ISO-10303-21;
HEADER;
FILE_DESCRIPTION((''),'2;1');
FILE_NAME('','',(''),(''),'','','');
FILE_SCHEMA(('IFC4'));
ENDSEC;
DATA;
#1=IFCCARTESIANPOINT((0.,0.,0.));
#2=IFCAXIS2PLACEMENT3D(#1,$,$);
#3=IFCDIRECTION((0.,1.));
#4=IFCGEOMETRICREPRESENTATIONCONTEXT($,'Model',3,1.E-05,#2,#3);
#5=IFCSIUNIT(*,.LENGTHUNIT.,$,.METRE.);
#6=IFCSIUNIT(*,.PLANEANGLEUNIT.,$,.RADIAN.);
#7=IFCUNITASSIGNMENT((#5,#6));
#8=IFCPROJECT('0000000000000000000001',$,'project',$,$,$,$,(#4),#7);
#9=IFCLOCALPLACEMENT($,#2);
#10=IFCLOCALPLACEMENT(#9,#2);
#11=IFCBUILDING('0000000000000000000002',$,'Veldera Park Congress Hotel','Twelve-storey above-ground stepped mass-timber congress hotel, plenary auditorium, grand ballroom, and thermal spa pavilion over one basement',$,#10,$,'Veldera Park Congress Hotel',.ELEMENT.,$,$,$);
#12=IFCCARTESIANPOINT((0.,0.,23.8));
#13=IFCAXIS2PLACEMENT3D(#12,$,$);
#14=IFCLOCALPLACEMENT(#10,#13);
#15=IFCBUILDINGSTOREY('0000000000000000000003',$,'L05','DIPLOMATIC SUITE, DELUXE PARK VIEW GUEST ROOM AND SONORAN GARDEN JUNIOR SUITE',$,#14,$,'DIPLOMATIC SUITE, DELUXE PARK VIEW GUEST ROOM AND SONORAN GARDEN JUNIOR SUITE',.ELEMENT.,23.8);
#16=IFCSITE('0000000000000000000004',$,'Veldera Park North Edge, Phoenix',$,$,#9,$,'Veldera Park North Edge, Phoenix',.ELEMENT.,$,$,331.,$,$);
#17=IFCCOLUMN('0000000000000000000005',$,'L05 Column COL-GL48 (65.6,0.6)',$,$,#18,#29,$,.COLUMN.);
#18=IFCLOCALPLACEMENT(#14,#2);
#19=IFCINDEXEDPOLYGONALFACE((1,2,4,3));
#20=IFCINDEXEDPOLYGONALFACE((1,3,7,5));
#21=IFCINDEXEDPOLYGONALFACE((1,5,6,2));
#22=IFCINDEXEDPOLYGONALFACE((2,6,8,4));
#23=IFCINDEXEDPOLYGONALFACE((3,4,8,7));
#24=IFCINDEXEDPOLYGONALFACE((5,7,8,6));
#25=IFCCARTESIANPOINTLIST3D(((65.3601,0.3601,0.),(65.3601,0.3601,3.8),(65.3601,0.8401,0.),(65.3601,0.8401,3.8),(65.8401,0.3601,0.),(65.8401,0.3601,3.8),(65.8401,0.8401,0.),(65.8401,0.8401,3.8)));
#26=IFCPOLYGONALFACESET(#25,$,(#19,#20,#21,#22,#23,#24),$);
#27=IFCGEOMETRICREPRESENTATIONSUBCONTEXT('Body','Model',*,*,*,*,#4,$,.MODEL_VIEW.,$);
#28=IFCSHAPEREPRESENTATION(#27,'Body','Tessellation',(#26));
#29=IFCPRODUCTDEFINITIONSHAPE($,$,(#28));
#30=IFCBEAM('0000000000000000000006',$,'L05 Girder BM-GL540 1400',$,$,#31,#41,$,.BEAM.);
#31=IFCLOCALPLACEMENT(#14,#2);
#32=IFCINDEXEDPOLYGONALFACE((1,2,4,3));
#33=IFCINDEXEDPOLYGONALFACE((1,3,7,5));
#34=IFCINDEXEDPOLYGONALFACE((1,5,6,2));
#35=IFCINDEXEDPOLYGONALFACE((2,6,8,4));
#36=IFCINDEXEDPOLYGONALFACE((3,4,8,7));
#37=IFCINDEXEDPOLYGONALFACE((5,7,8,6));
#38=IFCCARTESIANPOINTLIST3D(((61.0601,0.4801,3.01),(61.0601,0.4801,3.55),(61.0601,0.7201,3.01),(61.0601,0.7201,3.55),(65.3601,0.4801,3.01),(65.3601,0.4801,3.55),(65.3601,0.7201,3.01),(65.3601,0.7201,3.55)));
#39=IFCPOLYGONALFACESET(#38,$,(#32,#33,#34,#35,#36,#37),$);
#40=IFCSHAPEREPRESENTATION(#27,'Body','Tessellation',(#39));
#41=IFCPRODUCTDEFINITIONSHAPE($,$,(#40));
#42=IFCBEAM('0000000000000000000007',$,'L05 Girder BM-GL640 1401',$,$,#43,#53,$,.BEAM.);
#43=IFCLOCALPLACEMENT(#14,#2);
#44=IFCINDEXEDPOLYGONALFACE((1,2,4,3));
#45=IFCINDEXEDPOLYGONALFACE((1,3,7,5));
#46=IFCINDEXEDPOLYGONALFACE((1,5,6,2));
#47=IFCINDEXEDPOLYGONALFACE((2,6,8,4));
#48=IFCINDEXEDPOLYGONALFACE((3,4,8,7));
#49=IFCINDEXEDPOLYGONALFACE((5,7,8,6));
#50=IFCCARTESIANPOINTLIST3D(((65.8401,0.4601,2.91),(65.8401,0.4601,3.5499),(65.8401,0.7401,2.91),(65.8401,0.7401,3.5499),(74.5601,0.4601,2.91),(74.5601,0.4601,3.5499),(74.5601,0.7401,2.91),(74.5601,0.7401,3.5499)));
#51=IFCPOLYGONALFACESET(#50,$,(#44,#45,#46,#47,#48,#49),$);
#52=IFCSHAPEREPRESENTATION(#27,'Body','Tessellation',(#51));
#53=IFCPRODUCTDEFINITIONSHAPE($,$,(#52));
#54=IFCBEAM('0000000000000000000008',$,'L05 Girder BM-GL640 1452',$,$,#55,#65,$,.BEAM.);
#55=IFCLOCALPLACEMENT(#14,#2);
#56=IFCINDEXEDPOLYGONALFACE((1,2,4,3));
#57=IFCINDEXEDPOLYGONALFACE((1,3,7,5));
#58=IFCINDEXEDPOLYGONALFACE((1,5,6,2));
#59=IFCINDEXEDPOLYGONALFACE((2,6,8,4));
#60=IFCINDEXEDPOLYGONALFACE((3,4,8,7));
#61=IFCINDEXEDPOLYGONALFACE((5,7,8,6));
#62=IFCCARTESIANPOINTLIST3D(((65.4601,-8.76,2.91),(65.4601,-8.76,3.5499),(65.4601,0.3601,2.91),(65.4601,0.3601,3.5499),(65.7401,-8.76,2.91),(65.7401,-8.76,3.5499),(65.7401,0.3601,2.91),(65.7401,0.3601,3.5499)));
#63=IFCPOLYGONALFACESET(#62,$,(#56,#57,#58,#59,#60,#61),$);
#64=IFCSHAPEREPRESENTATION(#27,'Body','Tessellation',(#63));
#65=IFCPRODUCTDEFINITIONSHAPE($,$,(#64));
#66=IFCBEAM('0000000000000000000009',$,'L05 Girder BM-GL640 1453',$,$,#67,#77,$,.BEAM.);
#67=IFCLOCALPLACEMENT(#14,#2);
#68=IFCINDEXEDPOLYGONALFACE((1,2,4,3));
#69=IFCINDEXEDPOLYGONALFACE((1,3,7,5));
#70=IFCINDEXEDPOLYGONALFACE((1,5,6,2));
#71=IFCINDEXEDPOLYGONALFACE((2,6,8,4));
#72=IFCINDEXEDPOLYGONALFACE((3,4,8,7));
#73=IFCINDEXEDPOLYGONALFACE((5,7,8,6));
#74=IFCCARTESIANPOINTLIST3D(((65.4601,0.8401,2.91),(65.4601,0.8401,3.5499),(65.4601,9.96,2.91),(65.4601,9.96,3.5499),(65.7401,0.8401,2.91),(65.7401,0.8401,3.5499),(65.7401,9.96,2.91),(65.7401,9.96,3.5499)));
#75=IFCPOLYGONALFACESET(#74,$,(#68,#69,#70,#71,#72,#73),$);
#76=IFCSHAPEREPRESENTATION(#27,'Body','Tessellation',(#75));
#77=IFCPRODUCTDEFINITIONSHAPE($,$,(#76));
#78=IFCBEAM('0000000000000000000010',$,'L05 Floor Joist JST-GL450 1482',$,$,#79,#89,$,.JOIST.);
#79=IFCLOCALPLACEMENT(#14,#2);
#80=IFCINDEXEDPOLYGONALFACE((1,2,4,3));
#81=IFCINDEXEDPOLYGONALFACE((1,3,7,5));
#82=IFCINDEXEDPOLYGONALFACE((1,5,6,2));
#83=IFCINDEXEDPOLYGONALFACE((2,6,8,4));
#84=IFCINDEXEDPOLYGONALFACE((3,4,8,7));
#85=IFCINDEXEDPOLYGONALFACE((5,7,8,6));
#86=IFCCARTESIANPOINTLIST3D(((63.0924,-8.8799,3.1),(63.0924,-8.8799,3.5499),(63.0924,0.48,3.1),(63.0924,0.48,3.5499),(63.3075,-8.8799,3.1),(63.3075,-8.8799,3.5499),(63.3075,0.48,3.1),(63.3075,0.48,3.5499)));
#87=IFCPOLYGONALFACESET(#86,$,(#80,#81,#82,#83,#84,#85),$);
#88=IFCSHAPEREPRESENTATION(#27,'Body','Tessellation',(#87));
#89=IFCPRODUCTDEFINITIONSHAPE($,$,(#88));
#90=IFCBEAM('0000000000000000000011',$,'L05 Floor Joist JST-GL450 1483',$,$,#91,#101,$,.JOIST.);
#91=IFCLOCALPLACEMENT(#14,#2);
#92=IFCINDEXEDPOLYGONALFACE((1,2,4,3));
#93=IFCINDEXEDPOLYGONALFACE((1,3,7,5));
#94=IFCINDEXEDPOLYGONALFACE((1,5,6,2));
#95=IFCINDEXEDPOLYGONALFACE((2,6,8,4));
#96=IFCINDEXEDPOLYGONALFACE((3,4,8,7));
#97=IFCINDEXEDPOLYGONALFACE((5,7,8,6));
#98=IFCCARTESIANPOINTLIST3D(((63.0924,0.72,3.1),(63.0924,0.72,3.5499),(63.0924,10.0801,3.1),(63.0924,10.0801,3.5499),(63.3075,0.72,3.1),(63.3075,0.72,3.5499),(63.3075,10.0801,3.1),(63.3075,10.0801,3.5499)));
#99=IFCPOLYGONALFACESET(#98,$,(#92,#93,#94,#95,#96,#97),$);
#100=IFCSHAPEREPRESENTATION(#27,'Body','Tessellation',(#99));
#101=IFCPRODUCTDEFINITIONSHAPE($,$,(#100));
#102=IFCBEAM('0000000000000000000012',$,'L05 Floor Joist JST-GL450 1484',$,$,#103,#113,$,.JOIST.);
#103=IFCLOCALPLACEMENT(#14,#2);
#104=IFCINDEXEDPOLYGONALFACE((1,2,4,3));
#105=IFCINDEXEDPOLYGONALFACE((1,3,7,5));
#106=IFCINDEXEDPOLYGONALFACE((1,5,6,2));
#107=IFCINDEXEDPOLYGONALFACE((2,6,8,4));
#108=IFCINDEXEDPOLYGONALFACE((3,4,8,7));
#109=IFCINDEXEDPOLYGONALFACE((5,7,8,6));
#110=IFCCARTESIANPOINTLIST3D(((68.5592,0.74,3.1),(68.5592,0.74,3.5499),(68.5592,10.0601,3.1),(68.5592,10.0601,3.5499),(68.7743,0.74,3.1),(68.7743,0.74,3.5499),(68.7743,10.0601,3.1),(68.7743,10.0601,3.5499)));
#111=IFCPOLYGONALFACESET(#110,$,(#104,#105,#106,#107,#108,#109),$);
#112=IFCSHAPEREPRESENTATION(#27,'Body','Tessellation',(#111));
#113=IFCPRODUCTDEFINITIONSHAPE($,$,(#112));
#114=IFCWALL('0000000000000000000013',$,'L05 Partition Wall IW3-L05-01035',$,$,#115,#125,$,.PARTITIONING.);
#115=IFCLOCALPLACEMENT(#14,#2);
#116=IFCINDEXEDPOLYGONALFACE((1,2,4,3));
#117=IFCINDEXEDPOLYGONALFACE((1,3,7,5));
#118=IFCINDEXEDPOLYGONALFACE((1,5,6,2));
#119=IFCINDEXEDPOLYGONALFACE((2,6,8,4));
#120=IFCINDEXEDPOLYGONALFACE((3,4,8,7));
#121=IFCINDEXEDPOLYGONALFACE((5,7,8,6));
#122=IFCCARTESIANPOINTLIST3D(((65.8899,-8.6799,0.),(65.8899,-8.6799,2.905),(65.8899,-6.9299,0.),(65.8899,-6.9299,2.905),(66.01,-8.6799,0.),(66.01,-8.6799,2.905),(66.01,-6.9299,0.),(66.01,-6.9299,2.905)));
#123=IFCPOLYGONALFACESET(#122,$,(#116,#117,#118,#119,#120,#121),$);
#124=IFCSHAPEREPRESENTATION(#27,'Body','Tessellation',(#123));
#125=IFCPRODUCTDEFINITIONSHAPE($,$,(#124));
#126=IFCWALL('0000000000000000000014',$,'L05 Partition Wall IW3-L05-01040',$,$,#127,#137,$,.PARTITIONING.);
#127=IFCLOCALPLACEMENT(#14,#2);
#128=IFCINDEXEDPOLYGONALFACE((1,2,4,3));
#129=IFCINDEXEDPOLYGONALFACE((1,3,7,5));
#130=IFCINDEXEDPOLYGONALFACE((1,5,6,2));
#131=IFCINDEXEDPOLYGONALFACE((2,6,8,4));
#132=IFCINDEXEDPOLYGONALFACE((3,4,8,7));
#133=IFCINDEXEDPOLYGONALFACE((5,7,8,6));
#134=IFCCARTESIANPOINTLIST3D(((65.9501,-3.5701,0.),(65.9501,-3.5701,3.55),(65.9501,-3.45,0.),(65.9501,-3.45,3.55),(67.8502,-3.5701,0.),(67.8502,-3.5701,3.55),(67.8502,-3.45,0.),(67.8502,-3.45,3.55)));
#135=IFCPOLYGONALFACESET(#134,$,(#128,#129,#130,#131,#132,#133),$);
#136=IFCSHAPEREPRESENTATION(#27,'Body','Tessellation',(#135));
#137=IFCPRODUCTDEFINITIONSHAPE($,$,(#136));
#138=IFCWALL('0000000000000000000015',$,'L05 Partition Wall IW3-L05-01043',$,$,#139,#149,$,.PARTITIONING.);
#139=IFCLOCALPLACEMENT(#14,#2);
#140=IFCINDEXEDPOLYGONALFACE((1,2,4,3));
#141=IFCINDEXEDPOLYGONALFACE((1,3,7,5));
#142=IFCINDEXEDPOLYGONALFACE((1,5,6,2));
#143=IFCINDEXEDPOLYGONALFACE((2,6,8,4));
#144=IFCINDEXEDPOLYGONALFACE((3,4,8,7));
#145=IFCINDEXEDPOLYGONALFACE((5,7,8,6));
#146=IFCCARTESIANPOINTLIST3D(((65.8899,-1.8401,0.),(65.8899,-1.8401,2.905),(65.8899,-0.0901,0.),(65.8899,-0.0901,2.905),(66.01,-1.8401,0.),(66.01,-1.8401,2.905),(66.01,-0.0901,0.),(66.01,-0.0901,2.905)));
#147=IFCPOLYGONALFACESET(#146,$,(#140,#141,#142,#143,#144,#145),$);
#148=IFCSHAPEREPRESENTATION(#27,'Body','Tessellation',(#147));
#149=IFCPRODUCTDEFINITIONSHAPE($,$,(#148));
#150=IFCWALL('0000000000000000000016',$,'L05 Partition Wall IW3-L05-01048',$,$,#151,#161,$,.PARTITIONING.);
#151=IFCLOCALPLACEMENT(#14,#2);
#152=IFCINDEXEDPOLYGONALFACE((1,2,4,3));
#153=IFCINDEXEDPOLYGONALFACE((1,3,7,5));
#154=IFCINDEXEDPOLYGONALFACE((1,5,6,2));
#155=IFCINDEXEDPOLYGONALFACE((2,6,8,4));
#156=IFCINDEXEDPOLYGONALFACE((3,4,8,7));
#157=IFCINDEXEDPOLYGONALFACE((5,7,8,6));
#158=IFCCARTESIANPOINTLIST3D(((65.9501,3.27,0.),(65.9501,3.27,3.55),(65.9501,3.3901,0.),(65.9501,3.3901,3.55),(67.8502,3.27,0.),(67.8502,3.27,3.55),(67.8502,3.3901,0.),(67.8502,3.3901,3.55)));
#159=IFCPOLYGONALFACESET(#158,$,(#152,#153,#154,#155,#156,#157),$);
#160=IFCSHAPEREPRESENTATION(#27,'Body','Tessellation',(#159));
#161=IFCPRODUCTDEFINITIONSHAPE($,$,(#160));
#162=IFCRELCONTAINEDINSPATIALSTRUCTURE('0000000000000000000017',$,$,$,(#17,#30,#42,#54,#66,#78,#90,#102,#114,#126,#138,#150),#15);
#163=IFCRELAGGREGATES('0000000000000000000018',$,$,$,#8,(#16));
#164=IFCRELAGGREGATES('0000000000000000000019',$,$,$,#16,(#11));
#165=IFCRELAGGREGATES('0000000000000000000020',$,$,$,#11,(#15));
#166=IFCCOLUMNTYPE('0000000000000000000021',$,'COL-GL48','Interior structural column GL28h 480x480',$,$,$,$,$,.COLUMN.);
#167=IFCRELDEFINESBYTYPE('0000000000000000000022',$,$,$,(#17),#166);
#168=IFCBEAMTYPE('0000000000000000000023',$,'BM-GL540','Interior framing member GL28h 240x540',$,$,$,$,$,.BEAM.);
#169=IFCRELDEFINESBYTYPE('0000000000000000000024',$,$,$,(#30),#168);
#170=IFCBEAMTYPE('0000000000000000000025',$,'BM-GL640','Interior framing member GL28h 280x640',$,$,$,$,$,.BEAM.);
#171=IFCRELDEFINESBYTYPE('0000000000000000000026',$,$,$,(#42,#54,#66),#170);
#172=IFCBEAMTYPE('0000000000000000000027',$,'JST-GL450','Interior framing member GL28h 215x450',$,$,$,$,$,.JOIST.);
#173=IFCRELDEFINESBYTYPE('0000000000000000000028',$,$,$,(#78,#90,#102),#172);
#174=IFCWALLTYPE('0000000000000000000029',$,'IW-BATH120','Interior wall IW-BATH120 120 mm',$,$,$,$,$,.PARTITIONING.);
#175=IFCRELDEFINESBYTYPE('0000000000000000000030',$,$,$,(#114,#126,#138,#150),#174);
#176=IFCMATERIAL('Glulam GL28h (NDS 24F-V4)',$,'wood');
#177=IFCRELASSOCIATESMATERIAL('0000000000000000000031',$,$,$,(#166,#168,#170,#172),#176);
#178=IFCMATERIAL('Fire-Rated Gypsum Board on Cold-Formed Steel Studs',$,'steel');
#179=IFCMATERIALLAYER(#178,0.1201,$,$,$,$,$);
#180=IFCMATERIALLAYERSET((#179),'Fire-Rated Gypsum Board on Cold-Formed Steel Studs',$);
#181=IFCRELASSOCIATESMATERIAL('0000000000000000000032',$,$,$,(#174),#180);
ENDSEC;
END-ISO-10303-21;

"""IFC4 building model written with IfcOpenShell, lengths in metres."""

from ifc_helpers import new_model, si_unit, direction, frame, frame_2d, origin, origin_2d, place, context, subcontext, project, spatial, rectangle, extrude, material, layer, layer_set, material_profile, profile_set, type_object, element, save


model = new_model("IFC4")

# Units and contexts
model_context = context("Model", 3, precision=1e-05, world=origin(), true_north=direction((0.0, 1.0)))
body_context = subcontext(model_context, "Body", "Model", "MODEL_VIEW")
ifc_project = project(units=[si_unit("LENGTHUNIT", "METRE"), si_unit("PLANEANGLEUNIT", "RADIAN")], contexts=[model_context])

# Site, building, storey
site_placement = place(None, origin())
site = spatial("IfcSite", under=ifc_project, at=site_placement, Name="Veldera Park North Edge, Phoenix", LongName="Veldera Park North Edge, Phoenix", CompositionType="ELEMENT", RefElevation=331.0)
building_placement = place(site_placement, origin())
building = spatial("IfcBuilding", under=site, at=building_placement, Name="Veldera Park Congress Hotel", Description="Twelve-storey above-ground stepped mass-timber congress hotel, plenary auditorium, grand ballroom, and thermal spa pavilion over one basement", LongName="Veldera Park Congress Hotel", CompositionType="ELEMENT")
storey_placement = place(building_placement, frame((0.0, 0.0, 23.8)))
storey = spatial("IfcBuildingStorey", under=building, at=storey_placement, Name="L05", Description="DIPLOMATIC SUITE, DELUXE PARK VIEW GUEST ROOM AND SONORAN GARDEN JUNIOR SUITE", LongName="DIPLOMATIC SUITE, DELUXE PARK VIEW GUEST ROOM AND SONORAN GARDEN JUNIOR SUITE", CompositionType="ELEMENT", Elevation=23.8)

# Column
ifc_material_1 = material(Name="Glulam GL28h (NDS 24F-V4)", Category="wood")
ifc_material_profile_1 = material_profile(ifc_material_1, rectangle(XDim=0.48, YDim=0.48, at=origin_2d()), Name="GL28h 480x480")
ifc_profile_set_1 = profile_set([ifc_material_profile_1], Name="Glulam GL28h (NDS 24F-V4)")
column_type = type_object("IfcColumnType", Name="COL-GL48", Description="Interior structural column GL28h 480x480", PredefinedType="COLUMN", material=ifc_profile_set_1)
column_placement = place(storey_placement, frame((65.6001, 0.6001, 0.0), z_axis=(0.0, 0.0, 1.0), x_axis=(1.0, 0.0, 0.0)))
element("IfcColumn", 1, at=column_placement, inside=storey, type_object=column_type, Name="L05 Column COL-GL48 (65.6,0.6)", PredefinedType="COLUMN", context=body_context, shape_type="SweptSolid", body=[
    extrude(rectangle(XDim=0.48, YDim=0.48, at=origin_2d()), origin(), (0.0, 0.0, 1.0), 3.8),
])

# Beams
ifc_material_profile_2 = material_profile(ifc_material_1, rectangle(XDim=0.24, YDim=0.54, at=origin_2d()), Name="GL28h 240x540")
ifc_profile_set_2 = profile_set([ifc_material_profile_2], Name="Glulam GL28h (NDS 24F-V4)")
beam_type_1 = type_object("IfcBeamType", Name="BM-GL540", Description="Interior framing member GL28h 240x540", PredefinedType="BEAM", material=ifc_profile_set_2)
beam_1_placement = place(storey_placement, frame((61.0601, 0.6001, 3.28), z_axis=(1.0, 0.0, 0.0), x_axis=(0.0, 1.0, 0.0)))
element("IfcBeam", 2, at=beam_1_placement, inside=storey, type_object=beam_type_1, Name="L05 Girder BM-GL540 1400", PredefinedType="BEAM", context=body_context, shape_type="SweptSolid", body=[
    extrude(rectangle(XDim=0.24, YDim=0.54, at=origin_2d()), origin(), (0.0, 0.0, 1.0), 4.3),
])
ifc_material_profile_3 = material_profile(ifc_material_1, rectangle(XDim=0.28, YDim=0.6399, at=origin_2d()), Name="GL28h 280x640")
ifc_profile_set_3 = profile_set([ifc_material_profile_3], Name="Glulam GL28h (NDS 24F-V4)")
beam_type_2 = type_object("IfcBeamType", Name="BM-GL640", Description="Interior framing member GL28h 280x640", PredefinedType="BEAM", material=ifc_profile_set_3)
beam_2_placement = place(storey_placement, frame((65.8401, 0.6001, 3.23), z_axis=(1.0, 0.0, 0.0), x_axis=(0.0, 1.0, 0.0)))
element("IfcBeam", 3, at=beam_2_placement, inside=storey, type_object=beam_type_2, Name="L05 Girder BM-GL640 1401", PredefinedType="BEAM", context=body_context, shape_type="SweptSolid", body=[
    extrude(rectangle(XDim=0.28, YDim=0.6399, at=origin_2d()), origin(), (0.0, 0.0, 1.0), 8.72),
])
beam_3_placement = place(storey_placement, frame((65.6001, -8.76, 3.23), z_axis=(0.0, 1.0, 0.0), x_axis=(-1.0, 0.0, 0.0)))
element("IfcBeam", 4, at=beam_3_placement, inside=storey, type_object=beam_type_2, Name="L05 Girder BM-GL640 1452", PredefinedType="BEAM", context=body_context, shape_type="SweptSolid", body=[
    extrude(rectangle(XDim=0.28, YDim=0.6399, at=origin_2d()), origin(), (0.0, 0.0, 1.0), 9.1201),
])
beam_4_placement = place(storey_placement, frame((65.6001, 0.8401, 3.23), z_axis=(0.0, 1.0, 0.0), x_axis=(-1.0, 0.0, 0.0)))
element("IfcBeam", 5, at=beam_4_placement, inside=storey, type_object=beam_type_2, Name="L05 Girder BM-GL640 1453", PredefinedType="BEAM", context=body_context, shape_type="SweptSolid", body=[
    extrude(rectangle(XDim=0.28, YDim=0.6399, at=origin_2d()), origin(), (0.0, 0.0, 1.0), 9.1199),
])
ifc_material_profile_4 = material_profile(ifc_material_1, rectangle(XDim=0.2151, YDim=0.45, at=origin_2d()), Name="GL28h 215x450")
ifc_profile_set_4 = profile_set([ifc_material_profile_4], Name="Glulam GL28h (NDS 24F-V4)")
beam_type_3 = type_object("IfcBeamType", Name="JST-GL450", Description="Interior framing member GL28h 215x450", PredefinedType="JOIST", material=ifc_profile_set_4)
beam_5_placement = place(storey_placement, frame((63.2, -8.8799, 3.325), z_axis=(0.0, 1.0, 0.0), x_axis=(-1.0, 0.0, 0.0)))
element("IfcBeam", 6, at=beam_5_placement, inside=storey, type_object=beam_type_3, Name="L05 Floor Joist JST-GL450 1482", PredefinedType="JOIST", context=body_context, shape_type="SweptSolid", body=[
    extrude(rectangle(XDim=0.2151, YDim=0.45, at=origin_2d()), origin(), (0.0, 0.0, 1.0), 9.3599),
])
beam_6_placement = place(storey_placement, frame((63.2, 0.72, 3.325), z_axis=(0.0, 1.0, 0.0), x_axis=(-1.0, 0.0, 0.0)))
element("IfcBeam", 7, at=beam_6_placement, inside=storey, type_object=beam_type_3, Name="L05 Floor Joist JST-GL450 1483", PredefinedType="JOIST", context=body_context, shape_type="SweptSolid", body=[
    extrude(rectangle(XDim=0.2151, YDim=0.45, at=origin_2d()), origin(), (0.0, 0.0, 1.0), 9.3601),
])
beam_7_placement = place(storey_placement, frame((68.6667, 0.74, 3.325), z_axis=(0.0, 1.0, 0.0), x_axis=(-1.0, 0.0, 0.0)))
element("IfcBeam", 8, at=beam_7_placement, inside=storey, type_object=beam_type_3, Name="L05 Floor Joist JST-GL450 1484", PredefinedType="JOIST", context=body_context, shape_type="SweptSolid", body=[
    extrude(rectangle(XDim=0.2151, YDim=0.45, at=origin_2d()), origin(), (0.0, 0.0, 1.0), 9.3201),
])

# Wall
ifc_material_2 = material(Name="Fire-Rated Gypsum Board on Cold-Formed Steel Studs", Category="steel")
ifc_layer_1 = layer(ifc_material_2, 0.1201)
ifc_layer_set_1 = layer_set([ifc_layer_1], Name="Fire-Rated Gypsum Board on Cold-Formed Steel Studs")
wall_type_1 = type_object("IfcWallType", Name="IW-BATH120", Description="Interior wall IW-BATH120 120 mm", PredefinedType="PARTITIONING", material=ifc_layer_set_1)
wall_1_placement = place(storey_placement, frame((65.95, -8.6799, 0.0), z_axis=(0.0, 0.0, 1.0), x_axis=(0.0, 1.0, 0.0)))
element("IfcWall", 9, at=wall_1_placement, inside=storey, type_object=wall_type_1, Name="L05 Partition Wall IW3-L05-01035", PredefinedType="PARTITIONING", context=body_context, shape_type="SweptSolid", body=[
    extrude(rectangle(XDim=1.75, YDim=0.1201, at=frame_2d((0.875, 0.0))), origin(), (0.0, 0.0, 1.0), 2.905),
])

# Walls
wall_2_placement = place(storey_placement, frame((65.95, -3.51, 0.0), z_axis=(0.0, 0.0, 1.0), x_axis=(1.0, 0.0, 0.0)))
element("IfcWall", 10, at=wall_2_placement, inside=storey, type_object=wall_type_1, Name="L05 Partition Wall IW3-L05-01040", PredefinedType="PARTITIONING", context=body_context, shape_type="SweptSolid", body=[
    extrude(rectangle(XDim=1.9001, YDim=0.1201, at=frame_2d((0.9502, 0.0))), origin(), (0.0, 0.0, 1.0), 3.55),
])
wall_3_placement = place(storey_placement, frame((65.95, -1.8401, 0.0), z_axis=(0.0, 0.0, 1.0), x_axis=(0.0, 1.0, 0.0)))
element("IfcWall", 11, at=wall_3_placement, inside=storey, type_object=wall_type_1, Name="L05 Partition Wall IW3-L05-01043", PredefinedType="PARTITIONING", context=body_context, shape_type="SweptSolid", body=[
    extrude(rectangle(XDim=1.75, YDim=0.1201, at=frame_2d((0.875, 0.0))), origin(), (0.0, 0.0, 1.0), 2.905),
])

# Wall
wall_4_placement = place(storey_placement, frame((65.95, 3.3301, 0.0), z_axis=(0.0, 0.0, 1.0), x_axis=(1.0, 0.0, 0.0)))
element("IfcWall", 12, at=wall_4_placement, inside=storey, type_object=wall_type_1, Name="L05 Partition Wall IW3-L05-01048", PredefinedType="PARTITIONING", context=body_context, shape_type="SweptSolid", body=[
    extrude(rectangle(XDim=1.9001, YDim=0.1201, at=frame_2d((0.9502, 0.0))), origin(), (0.0, 0.0, 1.0), 3.55),
])

save(model, "model.ifc")
